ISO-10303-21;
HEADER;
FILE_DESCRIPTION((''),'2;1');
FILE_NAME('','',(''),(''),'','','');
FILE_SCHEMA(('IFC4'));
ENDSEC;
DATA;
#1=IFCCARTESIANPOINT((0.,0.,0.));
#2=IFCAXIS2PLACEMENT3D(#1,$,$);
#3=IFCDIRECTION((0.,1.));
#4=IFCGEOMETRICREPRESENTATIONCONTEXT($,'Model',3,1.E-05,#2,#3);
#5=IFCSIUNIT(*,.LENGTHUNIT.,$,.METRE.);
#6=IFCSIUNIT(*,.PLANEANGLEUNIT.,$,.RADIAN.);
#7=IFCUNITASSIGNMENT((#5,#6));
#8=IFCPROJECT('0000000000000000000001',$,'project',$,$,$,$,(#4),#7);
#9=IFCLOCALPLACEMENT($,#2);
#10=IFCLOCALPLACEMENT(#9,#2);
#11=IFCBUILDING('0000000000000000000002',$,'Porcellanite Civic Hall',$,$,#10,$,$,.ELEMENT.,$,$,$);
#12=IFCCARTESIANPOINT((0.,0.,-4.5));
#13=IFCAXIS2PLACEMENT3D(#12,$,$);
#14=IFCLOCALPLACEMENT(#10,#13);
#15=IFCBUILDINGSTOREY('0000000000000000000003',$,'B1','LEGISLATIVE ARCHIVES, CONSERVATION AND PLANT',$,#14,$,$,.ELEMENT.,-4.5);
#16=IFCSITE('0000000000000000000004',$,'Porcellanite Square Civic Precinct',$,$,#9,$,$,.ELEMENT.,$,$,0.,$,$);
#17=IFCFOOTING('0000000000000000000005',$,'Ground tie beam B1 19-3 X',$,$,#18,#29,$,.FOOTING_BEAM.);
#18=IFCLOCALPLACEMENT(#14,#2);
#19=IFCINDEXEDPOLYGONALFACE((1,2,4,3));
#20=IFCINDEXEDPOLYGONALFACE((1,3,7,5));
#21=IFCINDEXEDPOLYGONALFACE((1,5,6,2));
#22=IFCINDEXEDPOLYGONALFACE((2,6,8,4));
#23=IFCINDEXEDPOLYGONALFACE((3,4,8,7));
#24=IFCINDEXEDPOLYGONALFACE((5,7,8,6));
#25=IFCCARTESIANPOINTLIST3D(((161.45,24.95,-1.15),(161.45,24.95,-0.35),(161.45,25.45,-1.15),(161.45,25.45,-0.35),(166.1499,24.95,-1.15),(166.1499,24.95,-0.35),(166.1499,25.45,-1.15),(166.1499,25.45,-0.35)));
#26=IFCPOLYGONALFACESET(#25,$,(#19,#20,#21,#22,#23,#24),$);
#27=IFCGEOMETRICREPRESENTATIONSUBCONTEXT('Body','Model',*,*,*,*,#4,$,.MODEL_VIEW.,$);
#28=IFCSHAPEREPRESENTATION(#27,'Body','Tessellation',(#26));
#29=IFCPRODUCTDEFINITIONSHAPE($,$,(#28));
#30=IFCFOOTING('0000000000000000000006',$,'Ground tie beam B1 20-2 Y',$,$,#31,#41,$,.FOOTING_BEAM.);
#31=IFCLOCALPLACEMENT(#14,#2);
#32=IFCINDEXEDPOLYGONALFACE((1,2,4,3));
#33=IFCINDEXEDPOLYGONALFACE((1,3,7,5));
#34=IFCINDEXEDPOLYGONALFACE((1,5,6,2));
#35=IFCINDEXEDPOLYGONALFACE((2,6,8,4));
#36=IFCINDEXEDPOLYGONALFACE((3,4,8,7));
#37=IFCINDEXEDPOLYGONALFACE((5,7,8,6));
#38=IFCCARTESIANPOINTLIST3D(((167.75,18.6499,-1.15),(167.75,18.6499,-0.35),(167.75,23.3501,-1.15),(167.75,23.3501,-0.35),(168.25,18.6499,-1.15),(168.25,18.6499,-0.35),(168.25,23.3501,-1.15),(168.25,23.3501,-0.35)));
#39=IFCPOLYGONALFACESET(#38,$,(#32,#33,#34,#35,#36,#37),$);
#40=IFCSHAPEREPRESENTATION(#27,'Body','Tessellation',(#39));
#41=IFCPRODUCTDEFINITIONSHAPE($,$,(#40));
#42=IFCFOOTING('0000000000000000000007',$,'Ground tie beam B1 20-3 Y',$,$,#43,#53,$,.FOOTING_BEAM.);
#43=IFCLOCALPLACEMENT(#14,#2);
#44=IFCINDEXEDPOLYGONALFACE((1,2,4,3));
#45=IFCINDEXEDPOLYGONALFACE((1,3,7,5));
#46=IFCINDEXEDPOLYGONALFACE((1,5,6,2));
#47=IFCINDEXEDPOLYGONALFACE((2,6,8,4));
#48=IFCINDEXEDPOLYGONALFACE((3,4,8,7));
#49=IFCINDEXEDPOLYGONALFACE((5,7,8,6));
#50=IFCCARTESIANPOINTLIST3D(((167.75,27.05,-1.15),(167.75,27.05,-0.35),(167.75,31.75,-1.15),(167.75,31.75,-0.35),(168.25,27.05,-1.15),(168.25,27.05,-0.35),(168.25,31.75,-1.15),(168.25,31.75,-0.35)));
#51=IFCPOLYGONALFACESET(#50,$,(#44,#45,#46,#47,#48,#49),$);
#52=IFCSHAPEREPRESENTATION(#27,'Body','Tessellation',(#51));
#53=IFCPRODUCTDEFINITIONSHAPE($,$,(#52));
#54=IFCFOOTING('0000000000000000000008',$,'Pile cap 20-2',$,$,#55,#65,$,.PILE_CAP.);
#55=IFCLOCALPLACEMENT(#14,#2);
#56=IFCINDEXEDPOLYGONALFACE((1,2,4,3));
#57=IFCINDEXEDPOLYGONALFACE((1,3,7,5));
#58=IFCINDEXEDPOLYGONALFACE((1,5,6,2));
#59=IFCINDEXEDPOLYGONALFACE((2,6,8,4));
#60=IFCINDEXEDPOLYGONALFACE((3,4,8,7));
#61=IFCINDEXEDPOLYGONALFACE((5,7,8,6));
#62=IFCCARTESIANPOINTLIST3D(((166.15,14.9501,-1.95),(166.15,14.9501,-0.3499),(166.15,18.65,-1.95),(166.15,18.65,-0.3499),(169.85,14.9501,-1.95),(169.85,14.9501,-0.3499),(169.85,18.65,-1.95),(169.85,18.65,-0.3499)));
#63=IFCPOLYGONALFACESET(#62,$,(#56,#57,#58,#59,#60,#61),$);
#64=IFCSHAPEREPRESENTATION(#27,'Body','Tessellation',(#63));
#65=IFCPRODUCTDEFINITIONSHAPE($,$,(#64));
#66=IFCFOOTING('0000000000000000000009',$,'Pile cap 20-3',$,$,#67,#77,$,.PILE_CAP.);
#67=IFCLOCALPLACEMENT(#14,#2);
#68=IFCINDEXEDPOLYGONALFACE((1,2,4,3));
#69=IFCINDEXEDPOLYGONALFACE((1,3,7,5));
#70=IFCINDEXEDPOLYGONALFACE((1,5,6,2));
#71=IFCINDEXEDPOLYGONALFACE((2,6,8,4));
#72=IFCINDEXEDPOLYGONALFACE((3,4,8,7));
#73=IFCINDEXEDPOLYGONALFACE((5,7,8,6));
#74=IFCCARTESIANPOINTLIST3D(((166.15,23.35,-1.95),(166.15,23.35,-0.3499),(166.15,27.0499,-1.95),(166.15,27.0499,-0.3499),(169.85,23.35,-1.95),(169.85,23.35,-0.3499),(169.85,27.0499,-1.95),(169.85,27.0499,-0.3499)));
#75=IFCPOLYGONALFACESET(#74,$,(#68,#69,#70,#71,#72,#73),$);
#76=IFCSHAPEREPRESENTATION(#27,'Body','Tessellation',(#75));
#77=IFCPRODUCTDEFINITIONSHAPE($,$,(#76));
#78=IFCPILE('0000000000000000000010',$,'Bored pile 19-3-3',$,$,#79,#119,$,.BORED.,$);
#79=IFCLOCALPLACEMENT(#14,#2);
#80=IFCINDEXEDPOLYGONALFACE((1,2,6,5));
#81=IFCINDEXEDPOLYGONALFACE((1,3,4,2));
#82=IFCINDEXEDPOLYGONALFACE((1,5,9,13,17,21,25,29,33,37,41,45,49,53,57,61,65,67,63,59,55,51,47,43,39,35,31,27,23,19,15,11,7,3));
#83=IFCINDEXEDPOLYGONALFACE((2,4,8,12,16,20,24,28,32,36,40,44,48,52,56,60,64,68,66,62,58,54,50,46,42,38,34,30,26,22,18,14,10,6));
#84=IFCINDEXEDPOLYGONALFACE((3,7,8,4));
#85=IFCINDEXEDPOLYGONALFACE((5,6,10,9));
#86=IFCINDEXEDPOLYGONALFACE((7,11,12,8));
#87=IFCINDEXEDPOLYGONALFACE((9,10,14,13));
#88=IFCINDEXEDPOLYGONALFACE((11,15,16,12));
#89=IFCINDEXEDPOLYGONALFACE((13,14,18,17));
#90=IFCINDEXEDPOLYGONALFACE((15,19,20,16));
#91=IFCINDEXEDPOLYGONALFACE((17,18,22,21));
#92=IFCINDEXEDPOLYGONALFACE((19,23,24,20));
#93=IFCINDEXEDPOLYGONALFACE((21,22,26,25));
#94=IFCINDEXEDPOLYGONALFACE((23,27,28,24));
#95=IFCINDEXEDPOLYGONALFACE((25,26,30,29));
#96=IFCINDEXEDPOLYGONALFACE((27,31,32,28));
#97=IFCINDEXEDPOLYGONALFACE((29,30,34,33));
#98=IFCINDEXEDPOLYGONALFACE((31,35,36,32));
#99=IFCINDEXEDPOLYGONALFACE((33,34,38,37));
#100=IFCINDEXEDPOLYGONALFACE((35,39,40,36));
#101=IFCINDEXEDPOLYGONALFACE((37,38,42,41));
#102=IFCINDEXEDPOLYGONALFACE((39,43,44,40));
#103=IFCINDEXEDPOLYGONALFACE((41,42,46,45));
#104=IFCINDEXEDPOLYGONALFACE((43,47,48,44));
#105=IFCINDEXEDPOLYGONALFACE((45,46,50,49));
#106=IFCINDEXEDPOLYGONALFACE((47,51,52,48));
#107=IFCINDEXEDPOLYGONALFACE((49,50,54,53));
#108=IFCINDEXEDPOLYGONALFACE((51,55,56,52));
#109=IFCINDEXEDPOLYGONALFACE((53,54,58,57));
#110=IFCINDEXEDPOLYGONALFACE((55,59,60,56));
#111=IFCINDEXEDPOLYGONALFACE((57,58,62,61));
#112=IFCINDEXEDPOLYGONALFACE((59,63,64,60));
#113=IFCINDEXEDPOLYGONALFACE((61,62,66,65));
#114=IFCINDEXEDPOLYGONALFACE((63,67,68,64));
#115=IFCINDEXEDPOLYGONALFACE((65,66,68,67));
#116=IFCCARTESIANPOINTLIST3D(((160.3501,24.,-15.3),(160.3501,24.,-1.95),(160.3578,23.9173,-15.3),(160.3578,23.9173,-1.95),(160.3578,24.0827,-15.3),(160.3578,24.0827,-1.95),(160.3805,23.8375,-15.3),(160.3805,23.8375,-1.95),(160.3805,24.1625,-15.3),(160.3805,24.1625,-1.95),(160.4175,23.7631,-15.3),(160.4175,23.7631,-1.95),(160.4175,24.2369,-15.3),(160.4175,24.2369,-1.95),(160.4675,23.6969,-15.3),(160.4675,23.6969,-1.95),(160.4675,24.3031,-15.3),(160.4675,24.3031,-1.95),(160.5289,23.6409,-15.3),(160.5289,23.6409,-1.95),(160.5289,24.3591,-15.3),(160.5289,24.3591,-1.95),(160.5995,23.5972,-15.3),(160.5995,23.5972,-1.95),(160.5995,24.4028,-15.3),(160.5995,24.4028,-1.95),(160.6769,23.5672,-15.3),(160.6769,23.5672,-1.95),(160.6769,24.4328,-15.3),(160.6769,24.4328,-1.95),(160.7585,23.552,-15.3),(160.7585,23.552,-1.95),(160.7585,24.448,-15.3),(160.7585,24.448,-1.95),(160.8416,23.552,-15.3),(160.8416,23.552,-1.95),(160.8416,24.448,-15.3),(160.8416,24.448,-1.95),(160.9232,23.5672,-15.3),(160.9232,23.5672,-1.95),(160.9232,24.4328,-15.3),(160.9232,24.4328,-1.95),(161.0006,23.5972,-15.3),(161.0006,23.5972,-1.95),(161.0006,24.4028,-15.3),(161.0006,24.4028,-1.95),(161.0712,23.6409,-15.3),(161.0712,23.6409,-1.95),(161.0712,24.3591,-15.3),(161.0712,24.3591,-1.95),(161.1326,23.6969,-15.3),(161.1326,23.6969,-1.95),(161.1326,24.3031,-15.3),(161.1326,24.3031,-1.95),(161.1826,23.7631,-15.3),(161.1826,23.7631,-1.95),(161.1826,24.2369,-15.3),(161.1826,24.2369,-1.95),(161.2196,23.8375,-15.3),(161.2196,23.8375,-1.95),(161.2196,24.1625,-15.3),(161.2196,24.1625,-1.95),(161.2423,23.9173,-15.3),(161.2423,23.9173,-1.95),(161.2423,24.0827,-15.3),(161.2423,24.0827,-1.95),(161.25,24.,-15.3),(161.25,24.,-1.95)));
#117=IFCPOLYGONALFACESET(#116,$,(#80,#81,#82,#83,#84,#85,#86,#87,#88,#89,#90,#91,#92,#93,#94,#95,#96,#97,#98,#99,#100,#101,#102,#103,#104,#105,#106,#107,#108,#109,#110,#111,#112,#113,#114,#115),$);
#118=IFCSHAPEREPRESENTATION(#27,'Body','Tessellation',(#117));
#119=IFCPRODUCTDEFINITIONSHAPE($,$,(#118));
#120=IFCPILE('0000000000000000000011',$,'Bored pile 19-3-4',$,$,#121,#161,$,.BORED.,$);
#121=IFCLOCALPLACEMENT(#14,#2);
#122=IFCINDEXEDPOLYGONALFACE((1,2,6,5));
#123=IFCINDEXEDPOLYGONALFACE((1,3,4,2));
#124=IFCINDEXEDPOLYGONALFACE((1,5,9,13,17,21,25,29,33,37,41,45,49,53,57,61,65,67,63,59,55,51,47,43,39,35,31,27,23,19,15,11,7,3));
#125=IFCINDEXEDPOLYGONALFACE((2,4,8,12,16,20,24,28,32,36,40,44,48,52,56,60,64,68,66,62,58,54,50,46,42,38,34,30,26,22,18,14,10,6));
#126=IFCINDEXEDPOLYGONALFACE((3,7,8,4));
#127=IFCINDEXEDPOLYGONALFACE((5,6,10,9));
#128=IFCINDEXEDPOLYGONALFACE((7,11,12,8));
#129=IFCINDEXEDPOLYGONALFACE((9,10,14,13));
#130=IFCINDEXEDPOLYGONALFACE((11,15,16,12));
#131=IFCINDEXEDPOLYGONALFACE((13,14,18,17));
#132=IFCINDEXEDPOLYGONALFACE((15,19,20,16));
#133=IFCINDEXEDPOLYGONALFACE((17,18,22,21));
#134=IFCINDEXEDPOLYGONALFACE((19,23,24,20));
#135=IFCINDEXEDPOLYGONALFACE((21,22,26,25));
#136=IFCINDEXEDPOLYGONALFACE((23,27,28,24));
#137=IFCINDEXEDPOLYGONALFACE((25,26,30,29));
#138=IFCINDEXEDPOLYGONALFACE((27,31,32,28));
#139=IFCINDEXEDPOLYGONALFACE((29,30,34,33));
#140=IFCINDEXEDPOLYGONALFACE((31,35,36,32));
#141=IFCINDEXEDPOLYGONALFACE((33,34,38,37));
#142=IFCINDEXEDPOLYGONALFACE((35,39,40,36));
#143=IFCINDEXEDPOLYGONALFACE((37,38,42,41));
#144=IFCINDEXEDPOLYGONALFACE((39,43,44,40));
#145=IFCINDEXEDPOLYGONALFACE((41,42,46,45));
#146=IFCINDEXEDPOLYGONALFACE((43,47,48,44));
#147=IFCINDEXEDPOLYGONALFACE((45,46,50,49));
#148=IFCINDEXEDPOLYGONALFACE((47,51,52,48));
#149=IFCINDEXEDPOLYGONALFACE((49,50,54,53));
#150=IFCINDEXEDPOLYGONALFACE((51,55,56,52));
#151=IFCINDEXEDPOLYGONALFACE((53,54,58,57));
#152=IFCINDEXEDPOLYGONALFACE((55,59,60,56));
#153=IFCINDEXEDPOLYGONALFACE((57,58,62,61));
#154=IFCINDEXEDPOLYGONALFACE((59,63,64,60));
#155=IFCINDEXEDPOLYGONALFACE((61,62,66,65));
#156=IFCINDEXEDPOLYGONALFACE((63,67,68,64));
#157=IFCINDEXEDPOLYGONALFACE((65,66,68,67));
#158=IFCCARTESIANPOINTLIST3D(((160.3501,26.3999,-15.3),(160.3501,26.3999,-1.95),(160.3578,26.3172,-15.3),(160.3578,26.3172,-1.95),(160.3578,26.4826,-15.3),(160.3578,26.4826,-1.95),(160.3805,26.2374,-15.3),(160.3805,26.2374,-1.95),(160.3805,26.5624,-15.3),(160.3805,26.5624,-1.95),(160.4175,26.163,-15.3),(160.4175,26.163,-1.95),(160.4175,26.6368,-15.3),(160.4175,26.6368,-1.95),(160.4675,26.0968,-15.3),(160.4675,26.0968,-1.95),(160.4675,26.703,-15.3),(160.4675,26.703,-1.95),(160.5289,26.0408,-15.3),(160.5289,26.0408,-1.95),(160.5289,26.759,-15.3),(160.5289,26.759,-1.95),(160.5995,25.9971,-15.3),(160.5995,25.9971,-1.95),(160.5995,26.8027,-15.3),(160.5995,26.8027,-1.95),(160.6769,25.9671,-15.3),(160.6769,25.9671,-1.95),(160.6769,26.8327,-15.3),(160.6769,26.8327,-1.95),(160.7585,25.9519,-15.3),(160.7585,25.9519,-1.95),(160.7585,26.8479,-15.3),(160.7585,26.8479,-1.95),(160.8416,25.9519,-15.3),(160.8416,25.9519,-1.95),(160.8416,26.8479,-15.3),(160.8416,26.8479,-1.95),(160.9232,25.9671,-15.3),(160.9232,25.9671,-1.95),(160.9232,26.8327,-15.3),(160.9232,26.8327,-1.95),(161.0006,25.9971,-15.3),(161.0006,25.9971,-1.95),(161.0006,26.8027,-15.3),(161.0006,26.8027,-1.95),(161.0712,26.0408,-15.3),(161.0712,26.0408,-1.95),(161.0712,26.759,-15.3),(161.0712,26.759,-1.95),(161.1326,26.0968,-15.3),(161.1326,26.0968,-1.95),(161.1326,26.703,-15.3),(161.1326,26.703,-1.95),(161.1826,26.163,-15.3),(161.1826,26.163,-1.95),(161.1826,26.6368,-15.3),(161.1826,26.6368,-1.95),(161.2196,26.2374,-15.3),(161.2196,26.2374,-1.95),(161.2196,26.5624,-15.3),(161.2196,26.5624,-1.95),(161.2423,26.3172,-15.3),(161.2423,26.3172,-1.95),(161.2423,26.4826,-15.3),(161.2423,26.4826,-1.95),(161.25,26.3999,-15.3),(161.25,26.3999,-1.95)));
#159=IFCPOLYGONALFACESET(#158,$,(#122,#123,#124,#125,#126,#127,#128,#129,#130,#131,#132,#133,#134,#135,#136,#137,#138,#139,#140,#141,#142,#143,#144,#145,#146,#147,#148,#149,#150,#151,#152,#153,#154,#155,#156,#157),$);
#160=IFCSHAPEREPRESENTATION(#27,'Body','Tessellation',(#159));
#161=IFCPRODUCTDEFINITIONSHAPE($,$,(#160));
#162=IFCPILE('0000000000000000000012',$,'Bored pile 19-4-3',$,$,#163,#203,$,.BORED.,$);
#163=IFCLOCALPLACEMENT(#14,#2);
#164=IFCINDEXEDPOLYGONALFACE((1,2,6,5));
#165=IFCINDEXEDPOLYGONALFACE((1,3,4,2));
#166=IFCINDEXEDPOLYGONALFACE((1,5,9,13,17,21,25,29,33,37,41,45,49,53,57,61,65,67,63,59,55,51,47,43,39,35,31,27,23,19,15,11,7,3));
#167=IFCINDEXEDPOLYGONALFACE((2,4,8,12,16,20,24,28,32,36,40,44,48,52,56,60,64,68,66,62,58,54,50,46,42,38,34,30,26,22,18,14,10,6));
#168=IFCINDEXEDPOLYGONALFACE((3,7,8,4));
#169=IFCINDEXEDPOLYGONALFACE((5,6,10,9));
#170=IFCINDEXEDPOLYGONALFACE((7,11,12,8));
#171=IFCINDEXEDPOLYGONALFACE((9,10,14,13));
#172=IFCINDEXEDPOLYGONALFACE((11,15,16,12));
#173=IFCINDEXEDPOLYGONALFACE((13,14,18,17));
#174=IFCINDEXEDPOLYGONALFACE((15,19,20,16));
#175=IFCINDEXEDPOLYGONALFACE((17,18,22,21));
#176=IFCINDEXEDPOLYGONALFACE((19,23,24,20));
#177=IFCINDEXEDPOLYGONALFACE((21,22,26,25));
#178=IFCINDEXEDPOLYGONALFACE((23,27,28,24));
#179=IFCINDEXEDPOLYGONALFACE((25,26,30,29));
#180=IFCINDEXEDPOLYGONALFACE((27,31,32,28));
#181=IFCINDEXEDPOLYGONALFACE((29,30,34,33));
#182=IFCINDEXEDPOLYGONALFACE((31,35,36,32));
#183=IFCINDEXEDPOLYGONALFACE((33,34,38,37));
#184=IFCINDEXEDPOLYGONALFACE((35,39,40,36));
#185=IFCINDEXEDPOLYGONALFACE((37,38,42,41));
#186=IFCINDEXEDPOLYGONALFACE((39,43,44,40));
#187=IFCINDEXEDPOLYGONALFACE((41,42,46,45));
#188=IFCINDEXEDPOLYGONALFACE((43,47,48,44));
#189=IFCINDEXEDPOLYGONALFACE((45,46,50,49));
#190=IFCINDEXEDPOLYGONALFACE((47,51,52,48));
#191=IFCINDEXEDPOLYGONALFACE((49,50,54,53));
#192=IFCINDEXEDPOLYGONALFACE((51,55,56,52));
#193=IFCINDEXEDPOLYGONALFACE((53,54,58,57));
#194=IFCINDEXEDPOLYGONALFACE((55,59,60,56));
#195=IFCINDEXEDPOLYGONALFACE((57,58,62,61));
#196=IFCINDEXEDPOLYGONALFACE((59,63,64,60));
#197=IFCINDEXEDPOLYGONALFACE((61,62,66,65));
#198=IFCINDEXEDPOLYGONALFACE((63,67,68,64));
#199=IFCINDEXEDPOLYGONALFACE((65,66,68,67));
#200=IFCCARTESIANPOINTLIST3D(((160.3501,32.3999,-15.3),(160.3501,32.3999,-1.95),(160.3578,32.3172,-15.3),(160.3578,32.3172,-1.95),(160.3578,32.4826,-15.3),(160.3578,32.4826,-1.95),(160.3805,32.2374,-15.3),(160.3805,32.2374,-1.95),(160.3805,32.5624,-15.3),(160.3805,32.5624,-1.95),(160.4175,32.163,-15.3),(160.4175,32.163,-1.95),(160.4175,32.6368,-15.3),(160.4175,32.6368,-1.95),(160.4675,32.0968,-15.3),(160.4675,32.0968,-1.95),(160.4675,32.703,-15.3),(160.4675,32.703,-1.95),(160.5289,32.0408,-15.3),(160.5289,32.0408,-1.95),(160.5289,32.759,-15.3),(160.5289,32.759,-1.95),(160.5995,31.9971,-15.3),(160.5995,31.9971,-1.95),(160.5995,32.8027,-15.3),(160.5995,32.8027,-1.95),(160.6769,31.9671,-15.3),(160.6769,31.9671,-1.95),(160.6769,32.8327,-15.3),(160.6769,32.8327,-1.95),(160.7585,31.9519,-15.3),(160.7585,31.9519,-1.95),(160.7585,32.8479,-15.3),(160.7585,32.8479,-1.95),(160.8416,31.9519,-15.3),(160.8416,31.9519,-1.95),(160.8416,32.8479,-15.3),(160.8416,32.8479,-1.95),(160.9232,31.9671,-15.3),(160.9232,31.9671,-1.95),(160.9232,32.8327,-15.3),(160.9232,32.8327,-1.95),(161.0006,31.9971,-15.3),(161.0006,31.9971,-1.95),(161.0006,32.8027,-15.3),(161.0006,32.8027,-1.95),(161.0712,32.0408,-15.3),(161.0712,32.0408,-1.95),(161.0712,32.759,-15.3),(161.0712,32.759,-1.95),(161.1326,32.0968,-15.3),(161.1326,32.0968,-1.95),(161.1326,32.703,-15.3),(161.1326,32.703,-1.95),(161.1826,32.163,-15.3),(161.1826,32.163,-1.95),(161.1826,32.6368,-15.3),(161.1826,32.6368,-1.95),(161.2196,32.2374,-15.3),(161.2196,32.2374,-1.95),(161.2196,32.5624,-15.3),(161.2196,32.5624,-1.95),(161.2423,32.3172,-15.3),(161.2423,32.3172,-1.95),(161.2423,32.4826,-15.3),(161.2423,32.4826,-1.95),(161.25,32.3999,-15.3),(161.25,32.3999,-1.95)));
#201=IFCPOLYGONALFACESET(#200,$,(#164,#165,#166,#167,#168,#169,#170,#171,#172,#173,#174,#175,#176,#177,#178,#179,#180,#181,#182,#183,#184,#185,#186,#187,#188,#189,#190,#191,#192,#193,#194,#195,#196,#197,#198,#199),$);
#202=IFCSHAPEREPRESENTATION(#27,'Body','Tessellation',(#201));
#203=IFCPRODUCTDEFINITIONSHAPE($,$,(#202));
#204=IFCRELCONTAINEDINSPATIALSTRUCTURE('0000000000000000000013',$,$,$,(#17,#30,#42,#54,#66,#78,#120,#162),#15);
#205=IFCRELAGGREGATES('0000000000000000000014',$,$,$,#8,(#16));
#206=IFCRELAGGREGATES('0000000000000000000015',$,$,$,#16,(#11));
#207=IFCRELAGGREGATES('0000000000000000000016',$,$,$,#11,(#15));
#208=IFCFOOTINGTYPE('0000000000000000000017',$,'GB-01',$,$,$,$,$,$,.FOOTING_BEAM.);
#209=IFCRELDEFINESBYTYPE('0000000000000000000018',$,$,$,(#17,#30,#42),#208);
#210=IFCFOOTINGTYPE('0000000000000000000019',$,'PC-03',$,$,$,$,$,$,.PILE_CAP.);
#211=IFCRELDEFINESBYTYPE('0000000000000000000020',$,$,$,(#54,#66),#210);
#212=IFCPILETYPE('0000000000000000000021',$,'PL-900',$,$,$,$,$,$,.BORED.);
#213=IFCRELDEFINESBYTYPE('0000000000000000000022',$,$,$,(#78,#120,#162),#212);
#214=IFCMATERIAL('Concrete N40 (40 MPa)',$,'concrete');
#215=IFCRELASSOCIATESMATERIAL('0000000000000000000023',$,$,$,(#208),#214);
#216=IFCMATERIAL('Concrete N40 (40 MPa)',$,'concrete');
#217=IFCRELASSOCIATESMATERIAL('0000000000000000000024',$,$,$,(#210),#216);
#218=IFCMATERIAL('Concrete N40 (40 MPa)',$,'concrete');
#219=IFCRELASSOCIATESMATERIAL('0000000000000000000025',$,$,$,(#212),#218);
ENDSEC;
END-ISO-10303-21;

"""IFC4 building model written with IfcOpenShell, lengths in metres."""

from ifc_helpers import new_model, si_unit, direction, frame, origin, origin_2d, place, context, subcontext, project, spatial, rectangle, circle, extrude, material, material_profile, profile_set, type_object, element, save


model = new_model("IFC4")

# Units and contexts
model_context = context("Model", 3, precision=1e-05, world=origin(), true_north=direction((0.0, 1.0)))
body_context = subcontext(model_context, "Body", "Model", "MODEL_VIEW")
ifc_project = project(units=[si_unit("LENGTHUNIT", "METRE"), si_unit("PLANEANGLEUNIT", "RADIAN")], contexts=[model_context])

# Site, building, storey
site_placement = place(None, origin())
site = spatial("IfcSite", under=ifc_project, at=site_placement, Name="Porcellanite Square Civic Precinct", CompositionType="ELEMENT", RefElevation=0.0)
building_placement = place(site_placement, origin())
building = spatial("IfcBuilding", under=site, at=building_placement, Name="Porcellanite Civic Hall", CompositionType="ELEMENT")
storey_placement = place(building_placement, frame((0.0, 0.0, -4.5)))
storey = spatial("IfcBuildingStorey", under=building, at=storey_placement, Name="B1", Description="LEGISLATIVE ARCHIVES, CONSERVATION AND PLANT", CompositionType="ELEMENT", Elevation=-4.5)

# Footings
ifc_material_1 = material(Name="Concrete N40 (40 MPa)", Category="concrete")
ifc_material_profile_1 = material_profile(ifc_material_1, rectangle(XDim=0.5, YDim=0.8, at=origin_2d()), Name="RC-500x800")
ifc_profile_set_1 = profile_set([ifc_material_profile_1], Name="Concrete N40 (40 MPa)")
footing_type_1 = type_object("IfcFootingType", Name="GB-01", PredefinedType="FOOTING_BEAM", material=ifc_profile_set_1)
footing_1_placement = place(storey_placement, frame((161.45, 25.2, -0.75), z_axis=(1.0, 0.0, 0.0), x_axis=(0.0, 1.0, 0.0)))
element("IfcFooting", 1, at=footing_1_placement, inside=storey, type_object=footing_type_1, Name="Ground tie beam B1 19-3 X", PredefinedType="FOOTING_BEAM", context=body_context, shape_type="SweptSolid", body=[
    extrude(rectangle(XDim=0.5, YDim=0.8, at=origin_2d()), origin(), (0.0, 0.0, 1.0), 4.7),
])
footing_2_placement = place(storey_placement, frame((168.0, 18.6499, -0.75), z_axis=(0.0, 1.0, 0.0), x_axis=(-1.0, 0.0, 0.0)))
element("IfcFooting", 2, at=footing_2_placement, inside=storey, type_object=footing_type_1, Name="Ground tie beam B1 20-2 Y", PredefinedType="FOOTING_BEAM", context=body_context, shape_type="SweptSolid", body=[
    extrude(rectangle(XDim=0.5, YDim=0.8, at=origin_2d()), origin(), (0.0, 0.0, 1.0), 4.7002),
])
footing_3_placement = place(storey_placement, frame((168.0, 27.05, -0.75), z_axis=(0.0, 1.0, 0.0), x_axis=(-1.0, 0.0, 0.0)))
element("IfcFooting", 3, at=footing_3_placement, inside=storey, type_object=footing_type_1, Name="Ground tie beam B1 20-3 Y", PredefinedType="FOOTING_BEAM", context=body_context, shape_type="SweptSolid", body=[
    extrude(rectangle(XDim=0.5, YDim=0.8, at=origin_2d()), origin(), (0.0, 0.0, 1.0), 4.7),
])
ifc_material_2 = material(Name="Concrete N40 (40 MPa)", Category="concrete")
footing_type_2 = type_object("IfcFootingType", Name="PC-03", PredefinedType="PILE_CAP", material=ifc_material_2)
for number, where, z_axis, x_axis, name in (
    (4, (168.0, 16.8, -1.95), (0.0, 0.0, 1.0), (1.0, 0.0, 0.0), "Pile cap 20-2"),
    (5, (168.0, 25.2, -1.95), (0.0, 0.0, 1.0), (1.0, 0.0, 0.0), "Pile cap 20-3"),
):
    element("IfcFooting", number, at=place(storey_placement, frame(where, z_axis=z_axis, x_axis=x_axis)), inside=storey, type_object=footing_type_2, Name=name, PredefinedType="PILE_CAP", context=body_context, shape_type="SweptSolid", body=[
        extrude(rectangle(XDim=3.7, YDim=3.7, at=origin_2d()), origin(), (0.0, 0.0, 1.0), 1.6001),
    ])

# Piles
ifc_material_3 = material(Name="Concrete N40 (40 MPa)", Category="concrete")
ifc_material_profile_2 = material_profile(ifc_material_3, circle(Radius=0.45, at=origin_2d()), Name="PILE-D900")
ifc_profile_set_2 = profile_set([ifc_material_profile_2], Name="Concrete N40 (40 MPa)")
pile_type = type_object("IfcPileType", Name="PL-900", PredefinedType="BORED", material=ifc_profile_set_2)
for number, where, z_axis, x_axis, name in (
    (6, (160.8, 24.0, -1.95), (0.0, 0.0, -1.0), (1.0, 0.0, 0.0), "Bored pile 19-3-3"),
    (7, (160.8, 26.3999, -1.95), (0.0, 0.0, -1.0), (1.0, 0.0, 0.0), "Bored pile 19-3-4"),
    (8, (160.8, 32.3999, -1.95), (0.0, 0.0, -1.0), (1.0, 0.0, 0.0), "Bored pile 19-4-3"),
):
    element("IfcPile", number, at=place(storey_placement, frame(where, z_axis=z_axis, x_axis=x_axis)), inside=storey, type_object=pile_type, Name=name, PredefinedType="BORED", context=body_context, shape_type="SweptSolid", body=[
        extrude(circle(Radius=0.45, at=origin_2d()), origin(), (0.0, 0.0, 1.0), 13.3501),
    ])

save(model, "model.ifc")
